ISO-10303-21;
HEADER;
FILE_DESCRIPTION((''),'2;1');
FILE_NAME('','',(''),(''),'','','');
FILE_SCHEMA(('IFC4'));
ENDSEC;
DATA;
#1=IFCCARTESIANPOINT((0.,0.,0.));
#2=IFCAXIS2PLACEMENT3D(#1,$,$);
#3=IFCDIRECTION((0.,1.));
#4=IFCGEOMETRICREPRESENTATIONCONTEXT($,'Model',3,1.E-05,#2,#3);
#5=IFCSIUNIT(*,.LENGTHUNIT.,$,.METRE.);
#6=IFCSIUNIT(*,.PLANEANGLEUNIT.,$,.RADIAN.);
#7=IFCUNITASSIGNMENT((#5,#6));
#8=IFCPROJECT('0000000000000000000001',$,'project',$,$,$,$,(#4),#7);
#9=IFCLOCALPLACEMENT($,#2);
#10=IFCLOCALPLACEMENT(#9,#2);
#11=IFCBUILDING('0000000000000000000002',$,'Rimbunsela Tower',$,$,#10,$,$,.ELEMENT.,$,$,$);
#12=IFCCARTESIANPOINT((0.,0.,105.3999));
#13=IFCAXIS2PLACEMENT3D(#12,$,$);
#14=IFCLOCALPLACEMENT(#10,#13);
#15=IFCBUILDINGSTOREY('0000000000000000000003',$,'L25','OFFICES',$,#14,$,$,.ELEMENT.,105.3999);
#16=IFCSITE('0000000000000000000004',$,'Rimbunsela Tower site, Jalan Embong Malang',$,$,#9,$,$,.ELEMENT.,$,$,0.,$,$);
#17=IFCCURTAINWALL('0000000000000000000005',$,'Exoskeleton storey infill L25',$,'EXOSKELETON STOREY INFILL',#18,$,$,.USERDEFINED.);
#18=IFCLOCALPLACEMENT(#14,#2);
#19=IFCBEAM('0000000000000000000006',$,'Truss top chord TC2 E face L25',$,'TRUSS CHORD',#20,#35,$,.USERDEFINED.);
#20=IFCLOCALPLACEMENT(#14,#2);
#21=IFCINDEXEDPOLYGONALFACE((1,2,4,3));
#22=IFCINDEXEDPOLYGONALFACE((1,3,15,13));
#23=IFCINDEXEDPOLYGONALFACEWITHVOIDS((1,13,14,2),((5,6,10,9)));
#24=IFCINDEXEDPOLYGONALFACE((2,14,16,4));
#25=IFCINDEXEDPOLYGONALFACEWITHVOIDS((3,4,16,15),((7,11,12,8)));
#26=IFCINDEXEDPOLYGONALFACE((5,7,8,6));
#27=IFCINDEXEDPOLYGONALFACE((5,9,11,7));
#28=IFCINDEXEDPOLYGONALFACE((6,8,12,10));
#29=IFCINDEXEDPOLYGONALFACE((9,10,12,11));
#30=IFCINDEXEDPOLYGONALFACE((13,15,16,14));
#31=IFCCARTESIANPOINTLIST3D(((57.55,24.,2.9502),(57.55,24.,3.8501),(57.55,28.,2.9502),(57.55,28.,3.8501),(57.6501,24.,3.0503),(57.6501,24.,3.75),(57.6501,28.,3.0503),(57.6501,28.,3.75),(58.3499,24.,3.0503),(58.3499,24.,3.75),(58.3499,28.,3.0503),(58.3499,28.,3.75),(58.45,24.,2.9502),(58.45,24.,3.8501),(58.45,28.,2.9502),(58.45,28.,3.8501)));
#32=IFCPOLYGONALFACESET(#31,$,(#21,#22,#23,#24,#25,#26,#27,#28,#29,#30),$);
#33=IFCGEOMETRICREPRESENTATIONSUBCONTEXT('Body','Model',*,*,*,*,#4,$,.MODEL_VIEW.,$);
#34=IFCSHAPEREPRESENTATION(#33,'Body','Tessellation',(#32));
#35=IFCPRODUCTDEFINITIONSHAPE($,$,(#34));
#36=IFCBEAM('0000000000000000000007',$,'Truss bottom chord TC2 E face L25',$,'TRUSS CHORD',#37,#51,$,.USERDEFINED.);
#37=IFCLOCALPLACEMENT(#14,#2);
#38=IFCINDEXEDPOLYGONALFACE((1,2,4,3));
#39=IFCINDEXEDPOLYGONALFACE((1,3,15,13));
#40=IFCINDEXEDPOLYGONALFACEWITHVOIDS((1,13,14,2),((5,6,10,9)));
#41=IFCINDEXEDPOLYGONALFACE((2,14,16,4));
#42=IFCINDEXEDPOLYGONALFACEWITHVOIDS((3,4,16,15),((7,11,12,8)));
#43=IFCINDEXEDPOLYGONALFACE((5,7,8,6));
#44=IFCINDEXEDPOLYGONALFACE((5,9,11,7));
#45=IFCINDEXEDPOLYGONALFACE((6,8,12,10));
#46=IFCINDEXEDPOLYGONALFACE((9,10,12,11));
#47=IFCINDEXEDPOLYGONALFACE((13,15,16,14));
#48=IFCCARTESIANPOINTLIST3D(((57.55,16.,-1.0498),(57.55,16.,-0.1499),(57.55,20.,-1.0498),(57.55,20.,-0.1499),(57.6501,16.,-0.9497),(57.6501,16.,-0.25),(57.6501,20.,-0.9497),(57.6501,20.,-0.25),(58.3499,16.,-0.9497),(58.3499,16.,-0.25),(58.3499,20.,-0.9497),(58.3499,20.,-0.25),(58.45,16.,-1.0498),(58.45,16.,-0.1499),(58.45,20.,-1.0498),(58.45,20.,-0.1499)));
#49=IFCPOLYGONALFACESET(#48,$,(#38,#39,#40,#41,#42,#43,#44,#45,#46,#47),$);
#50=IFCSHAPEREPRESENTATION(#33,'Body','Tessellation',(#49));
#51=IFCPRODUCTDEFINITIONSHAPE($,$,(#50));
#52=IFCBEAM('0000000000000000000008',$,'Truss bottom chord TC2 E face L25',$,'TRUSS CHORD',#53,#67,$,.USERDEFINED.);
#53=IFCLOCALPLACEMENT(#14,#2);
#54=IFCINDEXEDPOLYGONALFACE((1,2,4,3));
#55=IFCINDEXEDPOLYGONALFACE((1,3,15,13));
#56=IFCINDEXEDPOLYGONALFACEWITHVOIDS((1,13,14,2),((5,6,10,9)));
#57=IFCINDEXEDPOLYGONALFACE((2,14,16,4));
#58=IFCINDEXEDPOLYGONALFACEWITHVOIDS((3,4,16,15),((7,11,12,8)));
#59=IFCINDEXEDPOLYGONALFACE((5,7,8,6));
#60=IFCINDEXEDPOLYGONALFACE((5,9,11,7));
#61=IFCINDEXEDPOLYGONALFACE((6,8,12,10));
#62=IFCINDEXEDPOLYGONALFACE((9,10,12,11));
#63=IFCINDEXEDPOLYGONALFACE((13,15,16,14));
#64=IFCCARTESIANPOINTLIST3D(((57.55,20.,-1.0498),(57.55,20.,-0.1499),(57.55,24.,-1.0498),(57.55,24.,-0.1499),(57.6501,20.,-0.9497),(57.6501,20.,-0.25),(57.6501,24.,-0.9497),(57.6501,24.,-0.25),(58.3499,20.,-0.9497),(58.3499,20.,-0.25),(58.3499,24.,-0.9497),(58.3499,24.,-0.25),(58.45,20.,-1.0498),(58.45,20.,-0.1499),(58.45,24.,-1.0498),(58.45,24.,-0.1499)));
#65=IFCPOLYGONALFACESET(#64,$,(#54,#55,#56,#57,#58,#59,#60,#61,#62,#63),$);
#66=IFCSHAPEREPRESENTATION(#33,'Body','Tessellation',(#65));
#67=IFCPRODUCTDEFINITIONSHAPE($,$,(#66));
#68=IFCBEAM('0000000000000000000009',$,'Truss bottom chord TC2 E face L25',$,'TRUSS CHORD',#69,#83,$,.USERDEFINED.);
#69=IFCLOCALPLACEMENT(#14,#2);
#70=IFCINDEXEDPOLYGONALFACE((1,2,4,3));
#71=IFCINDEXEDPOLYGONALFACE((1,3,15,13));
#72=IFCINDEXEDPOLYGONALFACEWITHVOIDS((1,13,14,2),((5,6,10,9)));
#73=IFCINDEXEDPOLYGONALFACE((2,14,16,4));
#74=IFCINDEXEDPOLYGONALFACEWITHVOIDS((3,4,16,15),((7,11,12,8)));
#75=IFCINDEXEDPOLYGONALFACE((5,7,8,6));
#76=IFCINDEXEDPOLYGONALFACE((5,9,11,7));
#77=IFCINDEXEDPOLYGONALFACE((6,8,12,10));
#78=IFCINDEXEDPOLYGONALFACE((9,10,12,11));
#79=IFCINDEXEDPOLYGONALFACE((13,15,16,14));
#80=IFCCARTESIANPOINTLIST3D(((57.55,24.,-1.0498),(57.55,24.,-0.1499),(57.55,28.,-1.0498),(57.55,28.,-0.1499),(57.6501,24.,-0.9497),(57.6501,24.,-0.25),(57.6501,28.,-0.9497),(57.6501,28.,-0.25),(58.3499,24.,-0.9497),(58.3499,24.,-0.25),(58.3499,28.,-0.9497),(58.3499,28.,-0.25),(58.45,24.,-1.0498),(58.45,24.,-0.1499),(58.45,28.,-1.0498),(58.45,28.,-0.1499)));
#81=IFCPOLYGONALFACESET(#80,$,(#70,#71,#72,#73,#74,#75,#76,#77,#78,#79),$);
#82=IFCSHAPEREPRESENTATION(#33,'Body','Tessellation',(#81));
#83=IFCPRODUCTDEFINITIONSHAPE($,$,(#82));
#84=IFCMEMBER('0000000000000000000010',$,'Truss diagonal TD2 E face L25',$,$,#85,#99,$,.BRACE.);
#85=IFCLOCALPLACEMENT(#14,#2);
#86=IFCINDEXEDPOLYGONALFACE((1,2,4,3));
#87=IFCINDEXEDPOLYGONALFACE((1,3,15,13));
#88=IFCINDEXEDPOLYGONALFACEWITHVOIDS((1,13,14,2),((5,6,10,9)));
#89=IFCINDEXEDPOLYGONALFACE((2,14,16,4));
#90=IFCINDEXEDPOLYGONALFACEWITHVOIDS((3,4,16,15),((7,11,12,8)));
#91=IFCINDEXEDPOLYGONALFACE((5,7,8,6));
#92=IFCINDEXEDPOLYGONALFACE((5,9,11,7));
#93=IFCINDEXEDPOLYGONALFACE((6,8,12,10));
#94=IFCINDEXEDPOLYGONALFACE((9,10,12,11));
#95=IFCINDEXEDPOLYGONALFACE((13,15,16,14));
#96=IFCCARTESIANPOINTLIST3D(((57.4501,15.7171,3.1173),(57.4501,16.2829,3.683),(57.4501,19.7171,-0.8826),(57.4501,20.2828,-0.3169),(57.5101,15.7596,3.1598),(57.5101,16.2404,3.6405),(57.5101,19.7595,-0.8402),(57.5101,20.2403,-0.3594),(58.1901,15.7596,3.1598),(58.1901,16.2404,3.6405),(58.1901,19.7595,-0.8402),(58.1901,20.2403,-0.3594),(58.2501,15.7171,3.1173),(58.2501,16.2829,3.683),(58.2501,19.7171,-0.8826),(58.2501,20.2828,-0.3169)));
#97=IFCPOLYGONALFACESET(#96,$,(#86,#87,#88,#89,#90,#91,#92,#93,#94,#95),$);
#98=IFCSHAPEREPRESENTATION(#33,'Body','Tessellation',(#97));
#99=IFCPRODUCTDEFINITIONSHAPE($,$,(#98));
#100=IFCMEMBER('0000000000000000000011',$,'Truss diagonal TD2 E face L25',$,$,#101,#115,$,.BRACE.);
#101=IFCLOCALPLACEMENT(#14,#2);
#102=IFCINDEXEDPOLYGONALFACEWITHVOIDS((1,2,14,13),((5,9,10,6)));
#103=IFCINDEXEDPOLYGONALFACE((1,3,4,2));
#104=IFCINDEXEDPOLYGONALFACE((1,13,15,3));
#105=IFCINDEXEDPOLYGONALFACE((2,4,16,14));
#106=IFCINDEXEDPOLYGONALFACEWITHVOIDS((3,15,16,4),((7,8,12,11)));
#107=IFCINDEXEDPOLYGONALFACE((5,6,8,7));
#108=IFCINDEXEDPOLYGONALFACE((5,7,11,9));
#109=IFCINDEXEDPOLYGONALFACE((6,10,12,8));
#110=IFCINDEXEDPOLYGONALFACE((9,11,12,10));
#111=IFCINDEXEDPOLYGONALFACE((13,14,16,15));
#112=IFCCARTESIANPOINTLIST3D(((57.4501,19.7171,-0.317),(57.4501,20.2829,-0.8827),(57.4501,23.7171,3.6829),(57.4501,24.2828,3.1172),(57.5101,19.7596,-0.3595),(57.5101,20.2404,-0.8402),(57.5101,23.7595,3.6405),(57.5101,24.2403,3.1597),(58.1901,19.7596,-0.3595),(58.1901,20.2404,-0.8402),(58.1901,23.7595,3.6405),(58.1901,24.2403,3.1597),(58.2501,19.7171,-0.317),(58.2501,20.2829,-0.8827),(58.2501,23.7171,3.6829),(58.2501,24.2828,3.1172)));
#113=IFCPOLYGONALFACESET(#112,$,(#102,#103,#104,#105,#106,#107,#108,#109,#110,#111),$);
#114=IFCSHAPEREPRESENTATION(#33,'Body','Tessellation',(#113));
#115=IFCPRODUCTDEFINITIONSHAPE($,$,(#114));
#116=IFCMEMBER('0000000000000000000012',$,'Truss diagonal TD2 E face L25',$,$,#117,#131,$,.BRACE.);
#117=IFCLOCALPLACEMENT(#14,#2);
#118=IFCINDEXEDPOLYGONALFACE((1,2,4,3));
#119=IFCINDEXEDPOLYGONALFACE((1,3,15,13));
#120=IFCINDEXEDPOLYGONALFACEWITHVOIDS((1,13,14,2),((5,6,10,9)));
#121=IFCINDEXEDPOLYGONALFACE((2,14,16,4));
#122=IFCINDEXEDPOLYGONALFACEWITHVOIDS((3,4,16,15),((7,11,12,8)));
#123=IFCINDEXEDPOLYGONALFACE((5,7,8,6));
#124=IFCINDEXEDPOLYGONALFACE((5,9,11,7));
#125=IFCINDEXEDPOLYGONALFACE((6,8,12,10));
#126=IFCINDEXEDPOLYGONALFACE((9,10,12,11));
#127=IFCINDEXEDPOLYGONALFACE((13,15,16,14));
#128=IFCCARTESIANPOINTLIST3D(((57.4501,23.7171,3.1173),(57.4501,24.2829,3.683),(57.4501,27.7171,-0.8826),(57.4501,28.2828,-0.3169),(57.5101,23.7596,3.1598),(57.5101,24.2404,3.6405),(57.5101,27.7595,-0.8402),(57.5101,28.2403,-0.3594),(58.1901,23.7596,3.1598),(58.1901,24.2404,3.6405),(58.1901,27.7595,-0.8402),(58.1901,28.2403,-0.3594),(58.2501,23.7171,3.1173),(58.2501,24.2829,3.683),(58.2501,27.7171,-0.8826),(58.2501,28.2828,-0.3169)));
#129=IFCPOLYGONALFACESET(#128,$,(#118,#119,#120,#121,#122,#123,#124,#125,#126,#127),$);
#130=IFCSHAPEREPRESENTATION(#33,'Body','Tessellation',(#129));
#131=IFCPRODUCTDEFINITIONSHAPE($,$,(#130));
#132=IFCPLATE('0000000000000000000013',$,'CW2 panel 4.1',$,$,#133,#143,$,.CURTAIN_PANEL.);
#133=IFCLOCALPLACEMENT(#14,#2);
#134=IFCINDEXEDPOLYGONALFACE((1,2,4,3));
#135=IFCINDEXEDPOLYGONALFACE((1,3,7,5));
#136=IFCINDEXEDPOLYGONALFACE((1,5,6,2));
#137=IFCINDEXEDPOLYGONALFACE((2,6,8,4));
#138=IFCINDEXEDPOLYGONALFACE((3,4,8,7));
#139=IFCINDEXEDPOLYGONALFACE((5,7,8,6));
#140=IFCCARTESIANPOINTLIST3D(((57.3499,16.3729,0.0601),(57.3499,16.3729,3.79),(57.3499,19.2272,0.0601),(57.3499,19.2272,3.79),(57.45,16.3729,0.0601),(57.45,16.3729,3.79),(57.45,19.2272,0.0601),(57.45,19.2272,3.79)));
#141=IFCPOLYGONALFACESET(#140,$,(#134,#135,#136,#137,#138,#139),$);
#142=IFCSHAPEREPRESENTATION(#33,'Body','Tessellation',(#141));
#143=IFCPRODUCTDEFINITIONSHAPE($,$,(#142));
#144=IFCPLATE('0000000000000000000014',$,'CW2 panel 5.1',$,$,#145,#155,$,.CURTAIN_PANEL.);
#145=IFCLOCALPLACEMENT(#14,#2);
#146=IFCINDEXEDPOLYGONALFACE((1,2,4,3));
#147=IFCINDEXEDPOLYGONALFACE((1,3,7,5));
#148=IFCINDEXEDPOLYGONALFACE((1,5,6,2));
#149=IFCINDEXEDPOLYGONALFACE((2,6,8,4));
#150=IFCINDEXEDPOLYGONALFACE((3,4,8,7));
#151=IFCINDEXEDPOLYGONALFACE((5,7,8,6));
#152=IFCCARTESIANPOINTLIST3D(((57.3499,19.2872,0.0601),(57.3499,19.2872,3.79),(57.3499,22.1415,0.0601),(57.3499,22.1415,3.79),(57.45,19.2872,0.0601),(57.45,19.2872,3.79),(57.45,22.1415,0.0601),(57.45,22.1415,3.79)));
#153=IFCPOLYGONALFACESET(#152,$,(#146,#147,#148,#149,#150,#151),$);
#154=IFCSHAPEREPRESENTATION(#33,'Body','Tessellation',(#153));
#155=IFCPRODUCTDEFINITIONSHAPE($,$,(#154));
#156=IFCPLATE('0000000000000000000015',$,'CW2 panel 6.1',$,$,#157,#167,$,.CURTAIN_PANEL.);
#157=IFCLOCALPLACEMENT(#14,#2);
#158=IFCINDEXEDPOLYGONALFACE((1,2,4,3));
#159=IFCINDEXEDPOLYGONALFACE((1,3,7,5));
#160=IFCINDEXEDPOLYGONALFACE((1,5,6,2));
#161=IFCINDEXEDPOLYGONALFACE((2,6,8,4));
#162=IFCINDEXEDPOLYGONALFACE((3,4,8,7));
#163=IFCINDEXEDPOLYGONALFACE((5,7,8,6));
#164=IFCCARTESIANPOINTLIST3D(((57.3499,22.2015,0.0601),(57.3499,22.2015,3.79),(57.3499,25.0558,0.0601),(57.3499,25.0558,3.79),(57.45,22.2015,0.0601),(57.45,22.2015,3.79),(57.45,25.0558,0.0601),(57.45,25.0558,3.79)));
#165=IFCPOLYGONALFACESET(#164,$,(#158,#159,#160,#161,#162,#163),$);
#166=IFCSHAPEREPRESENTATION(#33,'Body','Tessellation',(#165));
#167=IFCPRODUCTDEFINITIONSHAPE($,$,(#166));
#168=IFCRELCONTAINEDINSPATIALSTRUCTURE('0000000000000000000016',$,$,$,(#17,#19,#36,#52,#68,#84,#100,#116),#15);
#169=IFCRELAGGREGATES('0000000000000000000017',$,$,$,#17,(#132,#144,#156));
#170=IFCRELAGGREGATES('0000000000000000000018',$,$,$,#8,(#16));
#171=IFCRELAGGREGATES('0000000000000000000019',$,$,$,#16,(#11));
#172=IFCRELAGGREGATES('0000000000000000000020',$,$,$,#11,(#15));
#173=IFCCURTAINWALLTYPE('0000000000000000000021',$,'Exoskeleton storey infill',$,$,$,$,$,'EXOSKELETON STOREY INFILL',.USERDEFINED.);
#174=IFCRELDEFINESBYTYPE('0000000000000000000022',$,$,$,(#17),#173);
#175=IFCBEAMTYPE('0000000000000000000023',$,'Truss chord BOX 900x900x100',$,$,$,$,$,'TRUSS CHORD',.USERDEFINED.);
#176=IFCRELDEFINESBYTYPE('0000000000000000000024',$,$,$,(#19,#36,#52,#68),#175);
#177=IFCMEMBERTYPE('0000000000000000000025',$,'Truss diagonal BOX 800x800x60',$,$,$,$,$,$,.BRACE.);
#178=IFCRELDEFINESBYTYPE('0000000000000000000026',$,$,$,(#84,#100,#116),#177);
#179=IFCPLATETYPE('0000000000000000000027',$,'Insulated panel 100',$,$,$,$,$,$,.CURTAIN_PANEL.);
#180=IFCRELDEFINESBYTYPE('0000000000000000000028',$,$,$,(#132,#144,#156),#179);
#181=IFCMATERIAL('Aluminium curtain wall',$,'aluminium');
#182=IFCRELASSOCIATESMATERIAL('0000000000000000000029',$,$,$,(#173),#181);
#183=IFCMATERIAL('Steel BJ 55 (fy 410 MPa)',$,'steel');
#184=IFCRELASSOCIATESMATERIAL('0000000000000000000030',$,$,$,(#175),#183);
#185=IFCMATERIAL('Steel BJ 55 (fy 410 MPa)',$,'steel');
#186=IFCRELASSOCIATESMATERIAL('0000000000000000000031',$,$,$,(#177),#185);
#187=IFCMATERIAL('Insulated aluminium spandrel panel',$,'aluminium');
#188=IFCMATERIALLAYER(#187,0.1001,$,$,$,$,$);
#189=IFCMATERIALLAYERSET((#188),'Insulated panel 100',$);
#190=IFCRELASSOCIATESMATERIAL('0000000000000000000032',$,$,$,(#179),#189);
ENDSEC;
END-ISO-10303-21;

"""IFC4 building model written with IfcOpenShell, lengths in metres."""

from ifc_helpers import new_model, si_unit, direction, frame, origin, origin_2d, place, context, subcontext, project, spatial, rectangle, hollow_rectangle, extrude, material, layer, layer_set, material_profile, profile_set, type_object, element, aggregate, save


model = new_model("IFC4")

# Units and contexts
model_context = context("Model", 3, precision=1e-05, world=origin(), true_north=direction((0.0, 1.0)))
body_context = subcontext(model_context, "Body", "Model", "MODEL_VIEW")
ifc_project = project(units=[si_unit("LENGTHUNIT", "METRE"), si_unit("PLANEANGLEUNIT", "RADIAN")], contexts=[model_context])

# Site, building, storey
site_placement = place(None, origin())
site = spatial("IfcSite", under=ifc_project, at=site_placement, Name="Rimbunsela Tower site, Jalan Embong Malang", CompositionType="ELEMENT", RefElevation=0.0)
building_placement = place(site_placement, origin())
building = spatial("IfcBuilding", under=site, at=building_placement, Name="Rimbunsela Tower", CompositionType="ELEMENT")
storey_placement = place(building_placement, frame((0.0, 0.0, 105.3999)))
storey = spatial("IfcBuildingStorey", under=building, at=storey_placement, Name="L25", Description="OFFICES", CompositionType="ELEMENT", Elevation=105.3999)

# Curtain wall
ifc_material_1 = material(Name="Aluminium curtain wall", Category="aluminium")
curtain_wall_type = type_object("IfcCurtainWallType", Name="Exoskeleton storey infill", ElementType="EXOSKELETON STOREY INFILL", PredefinedType="USERDEFINED", material=ifc_material_1)
curtain_wall_placement = place(storey_placement, origin())
curtain_wall = element("IfcCurtainWall", 1, at=curtain_wall_placement, inside=storey, type_object=curtain_wall_type, Name="Exoskeleton storey infill L25", ObjectType="EXOSKELETON STOREY INFILL", PredefinedType="USERDEFINED")

# Beams
ifc_material_2 = material(Name="Steel BJ 55 (fy 410 MPa)", Category="steel")
ifc_material_profile_1 = material_profile(ifc_material_2, hollow_rectangle(XDim=0.8999, YDim=0.8999, WallThickness=0.1001, at=origin_2d()), Name="BOX 900x900x100")
ifc_profile_set_1 = profile_set([ifc_material_profile_1], Name="Steel BJ 55 (fy 410 MPa)")
beam_type = type_object("IfcBeamType", Name="Truss chord BOX 900x900x100", ElementType="TRUSS CHORD", PredefinedType="USERDEFINED", material=ifc_profile_set_1)
for number, where, z_axis, x_axis, name in (
    (2, (58.0, 24.0, 3.4001), (0.0, 1.0, 0.0), (-1.0, 0.0, 0.0), "Truss top chord TC2 E face L25"),
    (3, (58.0, 16.0, -0.5999), (0.0, 1.0, 0.0), (-1.0, 0.0, 0.0), "Truss bottom chord TC2 E face L25"),
    (4, (58.0, 20.0, -0.5999), (0.0, 1.0, 0.0), (-1.0, 0.0, 0.0), "Truss bottom chord TC2 E face L25"),
    (5, (58.0, 24.0, -0.5999), (0.0, 1.0, 0.0), (-1.0, 0.0, 0.0), "Truss bottom chord TC2 E face L25"),
):
    element("IfcBeam", number, at=place(storey_placement, frame(where, z_axis=z_axis, x_axis=x_axis)), inside=storey, type_object=beam_type, Name=name, ObjectType="TRUSS CHORD", PredefinedType="USERDEFINED", context=body_context, shape_type="SweptSolid", body=[
        extrude(hollow_rectangle(XDim=0.8999, YDim=0.8999, WallThickness=0.1001, at=origin_2d()), origin(), (0.0, 0.0, 1.0), 4.0),
    ])

# Members
ifc_material_3 = material(Name="Steel BJ 55 (fy 410 MPa)", Category="steel")
ifc_material_profile_2 = material_profile(ifc_material_3, hollow_rectangle(XDim=0.8, YDim=0.8, WallThickness=0.0601, at=origin_2d()), Name="BOX 800x800x60")
ifc_profile_set_2 = profile_set([ifc_material_profile_2], Name="Steel BJ 55 (fy 410 MPa)")
member_type_1 = type_object("IfcMemberType", Name="Truss diagonal BOX 800x800x60", PredefinedType="BRACE", material=ifc_profile_set_2)
for number, where, z_axis, x_axis, name in (
    (6, (57.8501, 16.0, 3.4001), (0.0, 0.707107, -0.707107), (-1.0, 0.0, 0.0), "Truss diagonal TD2 E face L25"),
    (7, (57.8501, 20.0, -0.5999), (0.0, 0.707107, 0.707107), (-1.0, 0.0, 0.0), "Truss diagonal TD2 E face L25"),
    (8, (57.8501, 24.0, 3.4001), (0.0, 0.707107, -0.707107), (-1.0, 0.0, 0.0), "Truss diagonal TD2 E face L25"),
):
    element("IfcMember", number, at=place(storey_placement, frame(where, z_axis=z_axis, x_axis=x_axis)), inside=storey, type_object=member_type_1, Name=name, PredefinedType="BRACE", context=body_context, shape_type="SweptSolid", body=[
        extrude(hollow_rectangle(XDim=0.8, YDim=0.8, WallThickness=0.0601, at=origin_2d()), origin(), (0.0, 0.0, 1.0), 5.6567),
    ])

# Plates
ifc_material_4 = material(Name="Insulated aluminium spandrel panel", Category="aluminium")
ifc_layer = layer(ifc_material_4, 0.1001)
ifc_layer_set = layer_set([ifc_layer], Name="Insulated panel 100")
plate_type = type_object("IfcPlateType", Name="Insulated panel 100", PredefinedType="CURTAIN_PANEL", material=ifc_layer_set)
plate_1_placement = place(storey_placement, frame((57.3999, 17.8, 0.0601), z_axis=(0.0, 0.0, 1.0), x_axis=(0.0, 1.0, 0.0)))
plate_1 = element("IfcPlate", 9, at=plate_1_placement, type_object=plate_type, Name="CW2 panel 4.1", PredefinedType="CURTAIN_PANEL", context=body_context, shape_type="SweptSolid", body=[
    extrude(rectangle(XDim=2.8542, YDim=0.1001, at=origin_2d()), origin(), (0.0, 0.0, 1.0), 3.73),
])
plate_2_placement = place(storey_placement, frame((57.3999, 20.7144, 0.0601), z_axis=(0.0, 0.0, 1.0), x_axis=(0.0, 1.0, 0.0)))
plate_2 = element("IfcPlate", 10, at=plate_2_placement, type_object=plate_type, Name="CW2 panel 5.1", PredefinedType="CURTAIN_PANEL", context=body_context, shape_type="SweptSolid", body=[
    extrude(rectangle(XDim=2.8542, YDim=0.1001, at=origin_2d()), origin(), (0.0, 0.0, 1.0), 3.73),
])
plate_3_placement = place(storey_placement, frame((57.3999, 23.6287, 0.0601), z_axis=(0.0, 0.0, 1.0), x_axis=(0.0, 1.0, 0.0)))
plate_3 = element("IfcPlate", 11, at=plate_3_placement, type_object=plate_type, Name="CW2 panel 6.1", PredefinedType="CURTAIN_PANEL", context=body_context, shape_type="SweptSolid", body=[
    extrude(rectangle(XDim=2.8542, YDim=0.1001, at=origin_2d()), origin(), (0.0, 0.0, 1.0), 3.73),
])
aggregate(curtain_wall, [plate_1, plate_2, plate_3])

save(model, "model.ifc")
